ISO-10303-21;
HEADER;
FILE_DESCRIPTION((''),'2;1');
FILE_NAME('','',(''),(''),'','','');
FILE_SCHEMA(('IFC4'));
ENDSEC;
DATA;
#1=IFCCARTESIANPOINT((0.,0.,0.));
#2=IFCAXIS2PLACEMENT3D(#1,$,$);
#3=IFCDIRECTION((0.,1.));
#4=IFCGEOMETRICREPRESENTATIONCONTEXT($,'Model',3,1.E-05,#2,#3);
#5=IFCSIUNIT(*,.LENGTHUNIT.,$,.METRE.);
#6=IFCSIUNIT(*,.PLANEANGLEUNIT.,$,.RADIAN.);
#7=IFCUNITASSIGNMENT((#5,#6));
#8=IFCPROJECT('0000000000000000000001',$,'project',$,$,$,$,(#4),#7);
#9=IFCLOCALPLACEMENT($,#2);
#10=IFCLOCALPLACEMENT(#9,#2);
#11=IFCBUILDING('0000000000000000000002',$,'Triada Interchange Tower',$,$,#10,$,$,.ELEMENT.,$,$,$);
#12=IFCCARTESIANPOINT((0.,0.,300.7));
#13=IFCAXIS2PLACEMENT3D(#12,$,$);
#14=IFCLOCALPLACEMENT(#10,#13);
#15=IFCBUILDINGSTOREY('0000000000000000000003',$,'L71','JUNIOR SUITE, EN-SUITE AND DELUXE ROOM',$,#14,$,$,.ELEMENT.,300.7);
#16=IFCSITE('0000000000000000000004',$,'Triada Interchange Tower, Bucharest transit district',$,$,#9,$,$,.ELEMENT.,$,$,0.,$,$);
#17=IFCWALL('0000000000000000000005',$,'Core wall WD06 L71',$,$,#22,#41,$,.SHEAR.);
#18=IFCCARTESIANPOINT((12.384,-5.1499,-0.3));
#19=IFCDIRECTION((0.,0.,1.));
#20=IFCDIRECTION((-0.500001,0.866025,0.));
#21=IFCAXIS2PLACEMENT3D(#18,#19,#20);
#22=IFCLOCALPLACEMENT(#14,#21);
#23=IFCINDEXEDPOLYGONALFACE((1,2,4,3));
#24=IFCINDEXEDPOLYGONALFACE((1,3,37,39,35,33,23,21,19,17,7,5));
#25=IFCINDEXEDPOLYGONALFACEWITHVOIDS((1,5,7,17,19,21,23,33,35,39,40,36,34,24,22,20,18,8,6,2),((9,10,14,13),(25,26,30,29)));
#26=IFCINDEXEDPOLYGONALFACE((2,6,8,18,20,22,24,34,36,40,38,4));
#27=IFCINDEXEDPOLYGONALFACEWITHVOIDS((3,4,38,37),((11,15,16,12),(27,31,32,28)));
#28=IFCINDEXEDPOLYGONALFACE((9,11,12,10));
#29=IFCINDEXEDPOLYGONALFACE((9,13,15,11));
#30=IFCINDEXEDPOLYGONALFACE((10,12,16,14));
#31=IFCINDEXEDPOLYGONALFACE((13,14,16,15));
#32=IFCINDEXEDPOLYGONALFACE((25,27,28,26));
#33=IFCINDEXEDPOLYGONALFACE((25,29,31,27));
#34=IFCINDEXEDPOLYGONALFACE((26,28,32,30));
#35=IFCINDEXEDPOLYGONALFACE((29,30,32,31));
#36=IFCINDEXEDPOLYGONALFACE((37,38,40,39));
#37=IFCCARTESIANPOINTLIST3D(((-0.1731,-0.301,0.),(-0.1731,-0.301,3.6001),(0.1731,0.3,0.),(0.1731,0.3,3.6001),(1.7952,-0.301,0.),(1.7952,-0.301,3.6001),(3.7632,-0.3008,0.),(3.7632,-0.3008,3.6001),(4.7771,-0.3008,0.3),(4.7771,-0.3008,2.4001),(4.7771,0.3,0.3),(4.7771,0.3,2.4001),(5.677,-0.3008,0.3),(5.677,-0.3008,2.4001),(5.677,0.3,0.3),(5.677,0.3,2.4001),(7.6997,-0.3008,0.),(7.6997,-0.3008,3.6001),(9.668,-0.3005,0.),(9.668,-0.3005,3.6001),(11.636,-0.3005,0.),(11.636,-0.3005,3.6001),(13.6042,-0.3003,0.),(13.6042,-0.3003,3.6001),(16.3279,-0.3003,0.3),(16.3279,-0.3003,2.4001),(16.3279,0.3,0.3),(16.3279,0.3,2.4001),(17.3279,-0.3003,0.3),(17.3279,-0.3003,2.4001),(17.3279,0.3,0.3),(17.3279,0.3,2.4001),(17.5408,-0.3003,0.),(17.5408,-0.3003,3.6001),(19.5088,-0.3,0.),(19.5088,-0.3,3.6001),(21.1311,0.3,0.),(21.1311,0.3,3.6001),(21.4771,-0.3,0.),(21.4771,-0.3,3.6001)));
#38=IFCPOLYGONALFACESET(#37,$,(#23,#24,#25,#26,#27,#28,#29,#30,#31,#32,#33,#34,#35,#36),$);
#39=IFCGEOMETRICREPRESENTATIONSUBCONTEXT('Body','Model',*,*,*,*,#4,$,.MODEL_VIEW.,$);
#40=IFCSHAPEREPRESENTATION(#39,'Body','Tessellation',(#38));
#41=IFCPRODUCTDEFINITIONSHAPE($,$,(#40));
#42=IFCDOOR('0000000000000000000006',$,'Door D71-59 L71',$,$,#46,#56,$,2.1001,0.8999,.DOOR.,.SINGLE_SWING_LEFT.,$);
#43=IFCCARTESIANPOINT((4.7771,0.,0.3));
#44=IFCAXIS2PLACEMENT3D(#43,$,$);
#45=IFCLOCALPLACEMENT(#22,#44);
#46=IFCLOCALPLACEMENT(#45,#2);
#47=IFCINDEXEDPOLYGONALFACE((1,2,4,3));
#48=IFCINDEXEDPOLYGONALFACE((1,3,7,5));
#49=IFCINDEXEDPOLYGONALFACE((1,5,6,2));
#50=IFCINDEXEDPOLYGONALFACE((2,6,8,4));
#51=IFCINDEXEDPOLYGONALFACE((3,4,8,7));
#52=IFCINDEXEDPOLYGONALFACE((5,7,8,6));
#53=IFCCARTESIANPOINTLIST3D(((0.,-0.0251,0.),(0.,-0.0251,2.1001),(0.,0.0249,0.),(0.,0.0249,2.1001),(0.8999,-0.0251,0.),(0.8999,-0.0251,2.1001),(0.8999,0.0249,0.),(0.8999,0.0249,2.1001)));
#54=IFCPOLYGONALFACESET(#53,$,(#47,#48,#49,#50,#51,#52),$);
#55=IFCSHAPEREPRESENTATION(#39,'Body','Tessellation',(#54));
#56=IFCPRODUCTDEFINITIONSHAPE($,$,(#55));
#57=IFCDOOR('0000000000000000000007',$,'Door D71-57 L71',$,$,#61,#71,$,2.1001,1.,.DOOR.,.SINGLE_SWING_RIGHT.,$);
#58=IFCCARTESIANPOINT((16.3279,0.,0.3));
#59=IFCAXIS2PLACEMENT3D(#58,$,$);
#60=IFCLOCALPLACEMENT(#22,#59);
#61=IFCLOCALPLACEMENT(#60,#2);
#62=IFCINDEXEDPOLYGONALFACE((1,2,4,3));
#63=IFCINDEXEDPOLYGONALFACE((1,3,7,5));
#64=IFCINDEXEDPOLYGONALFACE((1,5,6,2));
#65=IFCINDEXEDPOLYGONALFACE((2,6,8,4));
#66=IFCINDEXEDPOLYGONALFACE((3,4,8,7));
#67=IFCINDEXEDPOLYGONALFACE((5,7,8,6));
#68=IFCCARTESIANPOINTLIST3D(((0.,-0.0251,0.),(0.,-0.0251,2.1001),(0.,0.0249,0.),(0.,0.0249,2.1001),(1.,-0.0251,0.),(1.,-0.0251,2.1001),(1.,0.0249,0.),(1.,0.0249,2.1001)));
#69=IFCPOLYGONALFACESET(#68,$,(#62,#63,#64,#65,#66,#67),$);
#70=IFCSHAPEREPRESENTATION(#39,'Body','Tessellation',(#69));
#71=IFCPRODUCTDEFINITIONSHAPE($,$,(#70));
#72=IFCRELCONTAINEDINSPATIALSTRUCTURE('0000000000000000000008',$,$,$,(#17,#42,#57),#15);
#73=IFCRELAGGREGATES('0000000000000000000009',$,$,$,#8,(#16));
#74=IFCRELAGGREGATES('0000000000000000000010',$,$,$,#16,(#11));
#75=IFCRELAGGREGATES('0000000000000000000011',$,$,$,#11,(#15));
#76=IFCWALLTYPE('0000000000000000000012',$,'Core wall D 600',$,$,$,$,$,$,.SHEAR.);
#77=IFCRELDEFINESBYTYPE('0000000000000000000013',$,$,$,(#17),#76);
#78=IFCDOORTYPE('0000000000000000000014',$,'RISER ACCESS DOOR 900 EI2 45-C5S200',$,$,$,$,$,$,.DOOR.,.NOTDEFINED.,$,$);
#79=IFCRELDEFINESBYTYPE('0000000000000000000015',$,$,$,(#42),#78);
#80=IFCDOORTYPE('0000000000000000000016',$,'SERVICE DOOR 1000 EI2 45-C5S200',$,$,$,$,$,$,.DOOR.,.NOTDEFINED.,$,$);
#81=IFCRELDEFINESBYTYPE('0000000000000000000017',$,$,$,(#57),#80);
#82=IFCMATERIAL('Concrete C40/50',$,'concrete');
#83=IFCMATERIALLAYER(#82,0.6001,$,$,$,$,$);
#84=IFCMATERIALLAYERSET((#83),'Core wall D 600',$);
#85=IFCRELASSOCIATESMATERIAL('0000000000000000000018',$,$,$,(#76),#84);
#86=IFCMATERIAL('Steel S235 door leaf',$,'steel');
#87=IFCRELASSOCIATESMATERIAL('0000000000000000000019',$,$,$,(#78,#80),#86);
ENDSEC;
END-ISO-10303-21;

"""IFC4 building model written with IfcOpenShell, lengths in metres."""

from ifc_helpers import new_model, si_unit, direction, frame, frame_2d, origin, place, context, subcontext, project, spatial, polyline, rectangle, outline, extrude, material, layer, layer_set, type_object, element, fill, save


model = new_model("IFC4")

# Units and contexts
model_context = context("Model", 3, precision=1e-05, world=origin(), true_north=direction((0.0, 1.0)))
body_context = subcontext(model_context, "Body", "Model", "MODEL_VIEW")
ifc_project = project(units=[si_unit("LENGTHUNIT", "METRE"), si_unit("PLANEANGLEUNIT", "RADIAN")], contexts=[model_context])

# Site, building, storey
site_placement = place(None, origin())
site = spatial("IfcSite", under=ifc_project, at=site_placement, Name="Triada Interchange Tower, Bucharest transit district", CompositionType="ELEMENT", RefElevation=0.0)
building_placement = place(site_placement, origin())
building = spatial("IfcBuilding", under=site, at=building_placement, Name="Triada Interchange Tower", CompositionType="ELEMENT")
storey_placement = place(building_placement, frame((0.0, 0.0, 300.7)))
storey = spatial("IfcBuildingStorey", under=building, at=storey_placement, Name="L71", Description="JUNIOR SUITE, EN-SUITE AND DELUXE ROOM", CompositionType="ELEMENT", Elevation=300.7)

# Shared definitions
ifc_material_1 = material(Name="Steel S235 door leaf", Category="steel")

# Shared definitions
ifc_material_2 = material(Name="Concrete C40/50", Category="concrete")
ifc_layer_1 = layer(ifc_material_2, 0.6001)
ifc_layer_set_1 = layer_set([ifc_layer_1], Name="Core wall D 600")
wall_type_1 = type_object("IfcWallType", Name="Core wall D 600", PredefinedType="SHEAR", material=ifc_layer_set_1)

# Wall, openings, doors
wall_1_placement = place(storey_placement, frame((12.384, -5.1499, -0.3), z_axis=(0.0, 0.0, 1.0), x_axis=(-0.500001, 0.866025, 0.0)))
wall_1 = element("IfcWall", 1, at=wall_1_placement, inside=storey, type_object=wall_type_1, Name="Core wall WD06 L71", PredefinedType="SHEAR", context=body_context, shape_type="SweptSolid", body=[
    extrude(outline(polyline([(-0.1731, -0.301), (1.7952, -0.301), (3.7632, -0.3008), (5.7314, -0.3008), (7.6997, -0.3008), (9.668, -0.3005), (11.636, -0.3005), (13.6042, -0.3003), (15.5725, -0.3003), (17.5408, -0.3003), (19.5088, -0.3), (21.4771, -0.3), (21.1311, 0.3), (19.2258, 0.3), (17.3206, 0.3), (15.4153, 0.3), (13.51, 0.3), (11.6047, 0.3), (9.6995, 0.3), (7.7942, 0.3), (5.8889, 0.3), (3.9836, 0.3), (2.0784, 0.3), (0.1731, 0.3), (-0.1731, -0.301)])), origin(), (0.0, 0.0, 1.0), 3.6001),
])
opening_1_placement = place(wall_1_placement, frame((16.3279, 0.0, 0.3)))
opening_1 = element("IfcOpeningElement", 2, at=opening_1_placement, cuts=wall_1, PredefinedType="OPENING", context=body_context, shape_type="SweptSolid", body=[
    extrude(rectangle(XDim=1.0, YDim=2.1001, at=frame_2d((0.5, 1.05))), frame((0.0, 0.3101, 0.0), z_axis=(0.0, -1.0, 0.0), x_axis=(1.0, 0.0, 0.0)), (0.0, 0.0, 1.0), 0.6211),
])
opening_2_placement = place(wall_1_placement, frame((4.7771, 0.0, 0.3)))
opening_2 = element("IfcOpeningElement", 3, at=opening_2_placement, cuts=wall_1, PredefinedType="OPENING", context=body_context, shape_type="SweptSolid", body=[
    extrude(rectangle(XDim=0.8999, YDim=2.1001, at=frame_2d((0.45, 1.05))), frame((0.0, 0.3101, 0.0), z_axis=(0.0, -1.0, 0.0), x_axis=(1.0, 0.0, 0.0)), (0.0, 0.0, 1.0), 0.6211),
])
door_type_1 = type_object("IfcDoorType", Name="RISER ACCESS DOOR 900 EI2 45-C5S200", OperationType="NOTDEFINED", PredefinedType="DOOR", material=ifc_material_1)
door_1_placement = place(opening_2_placement, origin())
door_1 = element("IfcDoor", 4, at=door_1_placement, inside=storey, type_object=door_type_1, Name="Door D71-59 L71", OperationType="SINGLE_SWING_LEFT", OverallHeight=2.1001, OverallWidth=0.8999, PredefinedType="DOOR", context=body_context, shape_type="SweptSolid", body=[
    extrude(rectangle(XDim=0.8999, YDim=2.1001, at=frame_2d((0.45, 1.05))), frame((0.0, 0.0249, 0.0), z_axis=(0.0, -1.0, 0.0), x_axis=(1.0, 0.0, 0.0)), (0.0, 0.0, 1.0), 0.05),
])
fill(opening_2, door_1)
door_type_2 = type_object("IfcDoorType", Name="SERVICE DOOR 1000 EI2 45-C5S200", OperationType="NOTDEFINED", PredefinedType="DOOR", material=ifc_material_1)
door_2_placement = place(opening_1_placement, origin())
door_2 = element("IfcDoor", 5, at=door_2_placement, inside=storey, type_object=door_type_2, Name="Door D71-57 L71", OperationType="SINGLE_SWING_RIGHT", OverallHeight=2.1001, OverallWidth=1.0, PredefinedType="DOOR", context=body_context, shape_type="SweptSolid", body=[
    extrude(rectangle(XDim=1.0, YDim=2.1001, at=frame_2d((0.5, 1.05))), frame((0.0, 0.0249, 0.0), z_axis=(0.0, -1.0, 0.0), x_axis=(1.0, 0.0, 0.0)), (0.0, 0.0, 1.0), 0.05),
])
fill(opening_1, door_2)

save(model, "model.ifc")
